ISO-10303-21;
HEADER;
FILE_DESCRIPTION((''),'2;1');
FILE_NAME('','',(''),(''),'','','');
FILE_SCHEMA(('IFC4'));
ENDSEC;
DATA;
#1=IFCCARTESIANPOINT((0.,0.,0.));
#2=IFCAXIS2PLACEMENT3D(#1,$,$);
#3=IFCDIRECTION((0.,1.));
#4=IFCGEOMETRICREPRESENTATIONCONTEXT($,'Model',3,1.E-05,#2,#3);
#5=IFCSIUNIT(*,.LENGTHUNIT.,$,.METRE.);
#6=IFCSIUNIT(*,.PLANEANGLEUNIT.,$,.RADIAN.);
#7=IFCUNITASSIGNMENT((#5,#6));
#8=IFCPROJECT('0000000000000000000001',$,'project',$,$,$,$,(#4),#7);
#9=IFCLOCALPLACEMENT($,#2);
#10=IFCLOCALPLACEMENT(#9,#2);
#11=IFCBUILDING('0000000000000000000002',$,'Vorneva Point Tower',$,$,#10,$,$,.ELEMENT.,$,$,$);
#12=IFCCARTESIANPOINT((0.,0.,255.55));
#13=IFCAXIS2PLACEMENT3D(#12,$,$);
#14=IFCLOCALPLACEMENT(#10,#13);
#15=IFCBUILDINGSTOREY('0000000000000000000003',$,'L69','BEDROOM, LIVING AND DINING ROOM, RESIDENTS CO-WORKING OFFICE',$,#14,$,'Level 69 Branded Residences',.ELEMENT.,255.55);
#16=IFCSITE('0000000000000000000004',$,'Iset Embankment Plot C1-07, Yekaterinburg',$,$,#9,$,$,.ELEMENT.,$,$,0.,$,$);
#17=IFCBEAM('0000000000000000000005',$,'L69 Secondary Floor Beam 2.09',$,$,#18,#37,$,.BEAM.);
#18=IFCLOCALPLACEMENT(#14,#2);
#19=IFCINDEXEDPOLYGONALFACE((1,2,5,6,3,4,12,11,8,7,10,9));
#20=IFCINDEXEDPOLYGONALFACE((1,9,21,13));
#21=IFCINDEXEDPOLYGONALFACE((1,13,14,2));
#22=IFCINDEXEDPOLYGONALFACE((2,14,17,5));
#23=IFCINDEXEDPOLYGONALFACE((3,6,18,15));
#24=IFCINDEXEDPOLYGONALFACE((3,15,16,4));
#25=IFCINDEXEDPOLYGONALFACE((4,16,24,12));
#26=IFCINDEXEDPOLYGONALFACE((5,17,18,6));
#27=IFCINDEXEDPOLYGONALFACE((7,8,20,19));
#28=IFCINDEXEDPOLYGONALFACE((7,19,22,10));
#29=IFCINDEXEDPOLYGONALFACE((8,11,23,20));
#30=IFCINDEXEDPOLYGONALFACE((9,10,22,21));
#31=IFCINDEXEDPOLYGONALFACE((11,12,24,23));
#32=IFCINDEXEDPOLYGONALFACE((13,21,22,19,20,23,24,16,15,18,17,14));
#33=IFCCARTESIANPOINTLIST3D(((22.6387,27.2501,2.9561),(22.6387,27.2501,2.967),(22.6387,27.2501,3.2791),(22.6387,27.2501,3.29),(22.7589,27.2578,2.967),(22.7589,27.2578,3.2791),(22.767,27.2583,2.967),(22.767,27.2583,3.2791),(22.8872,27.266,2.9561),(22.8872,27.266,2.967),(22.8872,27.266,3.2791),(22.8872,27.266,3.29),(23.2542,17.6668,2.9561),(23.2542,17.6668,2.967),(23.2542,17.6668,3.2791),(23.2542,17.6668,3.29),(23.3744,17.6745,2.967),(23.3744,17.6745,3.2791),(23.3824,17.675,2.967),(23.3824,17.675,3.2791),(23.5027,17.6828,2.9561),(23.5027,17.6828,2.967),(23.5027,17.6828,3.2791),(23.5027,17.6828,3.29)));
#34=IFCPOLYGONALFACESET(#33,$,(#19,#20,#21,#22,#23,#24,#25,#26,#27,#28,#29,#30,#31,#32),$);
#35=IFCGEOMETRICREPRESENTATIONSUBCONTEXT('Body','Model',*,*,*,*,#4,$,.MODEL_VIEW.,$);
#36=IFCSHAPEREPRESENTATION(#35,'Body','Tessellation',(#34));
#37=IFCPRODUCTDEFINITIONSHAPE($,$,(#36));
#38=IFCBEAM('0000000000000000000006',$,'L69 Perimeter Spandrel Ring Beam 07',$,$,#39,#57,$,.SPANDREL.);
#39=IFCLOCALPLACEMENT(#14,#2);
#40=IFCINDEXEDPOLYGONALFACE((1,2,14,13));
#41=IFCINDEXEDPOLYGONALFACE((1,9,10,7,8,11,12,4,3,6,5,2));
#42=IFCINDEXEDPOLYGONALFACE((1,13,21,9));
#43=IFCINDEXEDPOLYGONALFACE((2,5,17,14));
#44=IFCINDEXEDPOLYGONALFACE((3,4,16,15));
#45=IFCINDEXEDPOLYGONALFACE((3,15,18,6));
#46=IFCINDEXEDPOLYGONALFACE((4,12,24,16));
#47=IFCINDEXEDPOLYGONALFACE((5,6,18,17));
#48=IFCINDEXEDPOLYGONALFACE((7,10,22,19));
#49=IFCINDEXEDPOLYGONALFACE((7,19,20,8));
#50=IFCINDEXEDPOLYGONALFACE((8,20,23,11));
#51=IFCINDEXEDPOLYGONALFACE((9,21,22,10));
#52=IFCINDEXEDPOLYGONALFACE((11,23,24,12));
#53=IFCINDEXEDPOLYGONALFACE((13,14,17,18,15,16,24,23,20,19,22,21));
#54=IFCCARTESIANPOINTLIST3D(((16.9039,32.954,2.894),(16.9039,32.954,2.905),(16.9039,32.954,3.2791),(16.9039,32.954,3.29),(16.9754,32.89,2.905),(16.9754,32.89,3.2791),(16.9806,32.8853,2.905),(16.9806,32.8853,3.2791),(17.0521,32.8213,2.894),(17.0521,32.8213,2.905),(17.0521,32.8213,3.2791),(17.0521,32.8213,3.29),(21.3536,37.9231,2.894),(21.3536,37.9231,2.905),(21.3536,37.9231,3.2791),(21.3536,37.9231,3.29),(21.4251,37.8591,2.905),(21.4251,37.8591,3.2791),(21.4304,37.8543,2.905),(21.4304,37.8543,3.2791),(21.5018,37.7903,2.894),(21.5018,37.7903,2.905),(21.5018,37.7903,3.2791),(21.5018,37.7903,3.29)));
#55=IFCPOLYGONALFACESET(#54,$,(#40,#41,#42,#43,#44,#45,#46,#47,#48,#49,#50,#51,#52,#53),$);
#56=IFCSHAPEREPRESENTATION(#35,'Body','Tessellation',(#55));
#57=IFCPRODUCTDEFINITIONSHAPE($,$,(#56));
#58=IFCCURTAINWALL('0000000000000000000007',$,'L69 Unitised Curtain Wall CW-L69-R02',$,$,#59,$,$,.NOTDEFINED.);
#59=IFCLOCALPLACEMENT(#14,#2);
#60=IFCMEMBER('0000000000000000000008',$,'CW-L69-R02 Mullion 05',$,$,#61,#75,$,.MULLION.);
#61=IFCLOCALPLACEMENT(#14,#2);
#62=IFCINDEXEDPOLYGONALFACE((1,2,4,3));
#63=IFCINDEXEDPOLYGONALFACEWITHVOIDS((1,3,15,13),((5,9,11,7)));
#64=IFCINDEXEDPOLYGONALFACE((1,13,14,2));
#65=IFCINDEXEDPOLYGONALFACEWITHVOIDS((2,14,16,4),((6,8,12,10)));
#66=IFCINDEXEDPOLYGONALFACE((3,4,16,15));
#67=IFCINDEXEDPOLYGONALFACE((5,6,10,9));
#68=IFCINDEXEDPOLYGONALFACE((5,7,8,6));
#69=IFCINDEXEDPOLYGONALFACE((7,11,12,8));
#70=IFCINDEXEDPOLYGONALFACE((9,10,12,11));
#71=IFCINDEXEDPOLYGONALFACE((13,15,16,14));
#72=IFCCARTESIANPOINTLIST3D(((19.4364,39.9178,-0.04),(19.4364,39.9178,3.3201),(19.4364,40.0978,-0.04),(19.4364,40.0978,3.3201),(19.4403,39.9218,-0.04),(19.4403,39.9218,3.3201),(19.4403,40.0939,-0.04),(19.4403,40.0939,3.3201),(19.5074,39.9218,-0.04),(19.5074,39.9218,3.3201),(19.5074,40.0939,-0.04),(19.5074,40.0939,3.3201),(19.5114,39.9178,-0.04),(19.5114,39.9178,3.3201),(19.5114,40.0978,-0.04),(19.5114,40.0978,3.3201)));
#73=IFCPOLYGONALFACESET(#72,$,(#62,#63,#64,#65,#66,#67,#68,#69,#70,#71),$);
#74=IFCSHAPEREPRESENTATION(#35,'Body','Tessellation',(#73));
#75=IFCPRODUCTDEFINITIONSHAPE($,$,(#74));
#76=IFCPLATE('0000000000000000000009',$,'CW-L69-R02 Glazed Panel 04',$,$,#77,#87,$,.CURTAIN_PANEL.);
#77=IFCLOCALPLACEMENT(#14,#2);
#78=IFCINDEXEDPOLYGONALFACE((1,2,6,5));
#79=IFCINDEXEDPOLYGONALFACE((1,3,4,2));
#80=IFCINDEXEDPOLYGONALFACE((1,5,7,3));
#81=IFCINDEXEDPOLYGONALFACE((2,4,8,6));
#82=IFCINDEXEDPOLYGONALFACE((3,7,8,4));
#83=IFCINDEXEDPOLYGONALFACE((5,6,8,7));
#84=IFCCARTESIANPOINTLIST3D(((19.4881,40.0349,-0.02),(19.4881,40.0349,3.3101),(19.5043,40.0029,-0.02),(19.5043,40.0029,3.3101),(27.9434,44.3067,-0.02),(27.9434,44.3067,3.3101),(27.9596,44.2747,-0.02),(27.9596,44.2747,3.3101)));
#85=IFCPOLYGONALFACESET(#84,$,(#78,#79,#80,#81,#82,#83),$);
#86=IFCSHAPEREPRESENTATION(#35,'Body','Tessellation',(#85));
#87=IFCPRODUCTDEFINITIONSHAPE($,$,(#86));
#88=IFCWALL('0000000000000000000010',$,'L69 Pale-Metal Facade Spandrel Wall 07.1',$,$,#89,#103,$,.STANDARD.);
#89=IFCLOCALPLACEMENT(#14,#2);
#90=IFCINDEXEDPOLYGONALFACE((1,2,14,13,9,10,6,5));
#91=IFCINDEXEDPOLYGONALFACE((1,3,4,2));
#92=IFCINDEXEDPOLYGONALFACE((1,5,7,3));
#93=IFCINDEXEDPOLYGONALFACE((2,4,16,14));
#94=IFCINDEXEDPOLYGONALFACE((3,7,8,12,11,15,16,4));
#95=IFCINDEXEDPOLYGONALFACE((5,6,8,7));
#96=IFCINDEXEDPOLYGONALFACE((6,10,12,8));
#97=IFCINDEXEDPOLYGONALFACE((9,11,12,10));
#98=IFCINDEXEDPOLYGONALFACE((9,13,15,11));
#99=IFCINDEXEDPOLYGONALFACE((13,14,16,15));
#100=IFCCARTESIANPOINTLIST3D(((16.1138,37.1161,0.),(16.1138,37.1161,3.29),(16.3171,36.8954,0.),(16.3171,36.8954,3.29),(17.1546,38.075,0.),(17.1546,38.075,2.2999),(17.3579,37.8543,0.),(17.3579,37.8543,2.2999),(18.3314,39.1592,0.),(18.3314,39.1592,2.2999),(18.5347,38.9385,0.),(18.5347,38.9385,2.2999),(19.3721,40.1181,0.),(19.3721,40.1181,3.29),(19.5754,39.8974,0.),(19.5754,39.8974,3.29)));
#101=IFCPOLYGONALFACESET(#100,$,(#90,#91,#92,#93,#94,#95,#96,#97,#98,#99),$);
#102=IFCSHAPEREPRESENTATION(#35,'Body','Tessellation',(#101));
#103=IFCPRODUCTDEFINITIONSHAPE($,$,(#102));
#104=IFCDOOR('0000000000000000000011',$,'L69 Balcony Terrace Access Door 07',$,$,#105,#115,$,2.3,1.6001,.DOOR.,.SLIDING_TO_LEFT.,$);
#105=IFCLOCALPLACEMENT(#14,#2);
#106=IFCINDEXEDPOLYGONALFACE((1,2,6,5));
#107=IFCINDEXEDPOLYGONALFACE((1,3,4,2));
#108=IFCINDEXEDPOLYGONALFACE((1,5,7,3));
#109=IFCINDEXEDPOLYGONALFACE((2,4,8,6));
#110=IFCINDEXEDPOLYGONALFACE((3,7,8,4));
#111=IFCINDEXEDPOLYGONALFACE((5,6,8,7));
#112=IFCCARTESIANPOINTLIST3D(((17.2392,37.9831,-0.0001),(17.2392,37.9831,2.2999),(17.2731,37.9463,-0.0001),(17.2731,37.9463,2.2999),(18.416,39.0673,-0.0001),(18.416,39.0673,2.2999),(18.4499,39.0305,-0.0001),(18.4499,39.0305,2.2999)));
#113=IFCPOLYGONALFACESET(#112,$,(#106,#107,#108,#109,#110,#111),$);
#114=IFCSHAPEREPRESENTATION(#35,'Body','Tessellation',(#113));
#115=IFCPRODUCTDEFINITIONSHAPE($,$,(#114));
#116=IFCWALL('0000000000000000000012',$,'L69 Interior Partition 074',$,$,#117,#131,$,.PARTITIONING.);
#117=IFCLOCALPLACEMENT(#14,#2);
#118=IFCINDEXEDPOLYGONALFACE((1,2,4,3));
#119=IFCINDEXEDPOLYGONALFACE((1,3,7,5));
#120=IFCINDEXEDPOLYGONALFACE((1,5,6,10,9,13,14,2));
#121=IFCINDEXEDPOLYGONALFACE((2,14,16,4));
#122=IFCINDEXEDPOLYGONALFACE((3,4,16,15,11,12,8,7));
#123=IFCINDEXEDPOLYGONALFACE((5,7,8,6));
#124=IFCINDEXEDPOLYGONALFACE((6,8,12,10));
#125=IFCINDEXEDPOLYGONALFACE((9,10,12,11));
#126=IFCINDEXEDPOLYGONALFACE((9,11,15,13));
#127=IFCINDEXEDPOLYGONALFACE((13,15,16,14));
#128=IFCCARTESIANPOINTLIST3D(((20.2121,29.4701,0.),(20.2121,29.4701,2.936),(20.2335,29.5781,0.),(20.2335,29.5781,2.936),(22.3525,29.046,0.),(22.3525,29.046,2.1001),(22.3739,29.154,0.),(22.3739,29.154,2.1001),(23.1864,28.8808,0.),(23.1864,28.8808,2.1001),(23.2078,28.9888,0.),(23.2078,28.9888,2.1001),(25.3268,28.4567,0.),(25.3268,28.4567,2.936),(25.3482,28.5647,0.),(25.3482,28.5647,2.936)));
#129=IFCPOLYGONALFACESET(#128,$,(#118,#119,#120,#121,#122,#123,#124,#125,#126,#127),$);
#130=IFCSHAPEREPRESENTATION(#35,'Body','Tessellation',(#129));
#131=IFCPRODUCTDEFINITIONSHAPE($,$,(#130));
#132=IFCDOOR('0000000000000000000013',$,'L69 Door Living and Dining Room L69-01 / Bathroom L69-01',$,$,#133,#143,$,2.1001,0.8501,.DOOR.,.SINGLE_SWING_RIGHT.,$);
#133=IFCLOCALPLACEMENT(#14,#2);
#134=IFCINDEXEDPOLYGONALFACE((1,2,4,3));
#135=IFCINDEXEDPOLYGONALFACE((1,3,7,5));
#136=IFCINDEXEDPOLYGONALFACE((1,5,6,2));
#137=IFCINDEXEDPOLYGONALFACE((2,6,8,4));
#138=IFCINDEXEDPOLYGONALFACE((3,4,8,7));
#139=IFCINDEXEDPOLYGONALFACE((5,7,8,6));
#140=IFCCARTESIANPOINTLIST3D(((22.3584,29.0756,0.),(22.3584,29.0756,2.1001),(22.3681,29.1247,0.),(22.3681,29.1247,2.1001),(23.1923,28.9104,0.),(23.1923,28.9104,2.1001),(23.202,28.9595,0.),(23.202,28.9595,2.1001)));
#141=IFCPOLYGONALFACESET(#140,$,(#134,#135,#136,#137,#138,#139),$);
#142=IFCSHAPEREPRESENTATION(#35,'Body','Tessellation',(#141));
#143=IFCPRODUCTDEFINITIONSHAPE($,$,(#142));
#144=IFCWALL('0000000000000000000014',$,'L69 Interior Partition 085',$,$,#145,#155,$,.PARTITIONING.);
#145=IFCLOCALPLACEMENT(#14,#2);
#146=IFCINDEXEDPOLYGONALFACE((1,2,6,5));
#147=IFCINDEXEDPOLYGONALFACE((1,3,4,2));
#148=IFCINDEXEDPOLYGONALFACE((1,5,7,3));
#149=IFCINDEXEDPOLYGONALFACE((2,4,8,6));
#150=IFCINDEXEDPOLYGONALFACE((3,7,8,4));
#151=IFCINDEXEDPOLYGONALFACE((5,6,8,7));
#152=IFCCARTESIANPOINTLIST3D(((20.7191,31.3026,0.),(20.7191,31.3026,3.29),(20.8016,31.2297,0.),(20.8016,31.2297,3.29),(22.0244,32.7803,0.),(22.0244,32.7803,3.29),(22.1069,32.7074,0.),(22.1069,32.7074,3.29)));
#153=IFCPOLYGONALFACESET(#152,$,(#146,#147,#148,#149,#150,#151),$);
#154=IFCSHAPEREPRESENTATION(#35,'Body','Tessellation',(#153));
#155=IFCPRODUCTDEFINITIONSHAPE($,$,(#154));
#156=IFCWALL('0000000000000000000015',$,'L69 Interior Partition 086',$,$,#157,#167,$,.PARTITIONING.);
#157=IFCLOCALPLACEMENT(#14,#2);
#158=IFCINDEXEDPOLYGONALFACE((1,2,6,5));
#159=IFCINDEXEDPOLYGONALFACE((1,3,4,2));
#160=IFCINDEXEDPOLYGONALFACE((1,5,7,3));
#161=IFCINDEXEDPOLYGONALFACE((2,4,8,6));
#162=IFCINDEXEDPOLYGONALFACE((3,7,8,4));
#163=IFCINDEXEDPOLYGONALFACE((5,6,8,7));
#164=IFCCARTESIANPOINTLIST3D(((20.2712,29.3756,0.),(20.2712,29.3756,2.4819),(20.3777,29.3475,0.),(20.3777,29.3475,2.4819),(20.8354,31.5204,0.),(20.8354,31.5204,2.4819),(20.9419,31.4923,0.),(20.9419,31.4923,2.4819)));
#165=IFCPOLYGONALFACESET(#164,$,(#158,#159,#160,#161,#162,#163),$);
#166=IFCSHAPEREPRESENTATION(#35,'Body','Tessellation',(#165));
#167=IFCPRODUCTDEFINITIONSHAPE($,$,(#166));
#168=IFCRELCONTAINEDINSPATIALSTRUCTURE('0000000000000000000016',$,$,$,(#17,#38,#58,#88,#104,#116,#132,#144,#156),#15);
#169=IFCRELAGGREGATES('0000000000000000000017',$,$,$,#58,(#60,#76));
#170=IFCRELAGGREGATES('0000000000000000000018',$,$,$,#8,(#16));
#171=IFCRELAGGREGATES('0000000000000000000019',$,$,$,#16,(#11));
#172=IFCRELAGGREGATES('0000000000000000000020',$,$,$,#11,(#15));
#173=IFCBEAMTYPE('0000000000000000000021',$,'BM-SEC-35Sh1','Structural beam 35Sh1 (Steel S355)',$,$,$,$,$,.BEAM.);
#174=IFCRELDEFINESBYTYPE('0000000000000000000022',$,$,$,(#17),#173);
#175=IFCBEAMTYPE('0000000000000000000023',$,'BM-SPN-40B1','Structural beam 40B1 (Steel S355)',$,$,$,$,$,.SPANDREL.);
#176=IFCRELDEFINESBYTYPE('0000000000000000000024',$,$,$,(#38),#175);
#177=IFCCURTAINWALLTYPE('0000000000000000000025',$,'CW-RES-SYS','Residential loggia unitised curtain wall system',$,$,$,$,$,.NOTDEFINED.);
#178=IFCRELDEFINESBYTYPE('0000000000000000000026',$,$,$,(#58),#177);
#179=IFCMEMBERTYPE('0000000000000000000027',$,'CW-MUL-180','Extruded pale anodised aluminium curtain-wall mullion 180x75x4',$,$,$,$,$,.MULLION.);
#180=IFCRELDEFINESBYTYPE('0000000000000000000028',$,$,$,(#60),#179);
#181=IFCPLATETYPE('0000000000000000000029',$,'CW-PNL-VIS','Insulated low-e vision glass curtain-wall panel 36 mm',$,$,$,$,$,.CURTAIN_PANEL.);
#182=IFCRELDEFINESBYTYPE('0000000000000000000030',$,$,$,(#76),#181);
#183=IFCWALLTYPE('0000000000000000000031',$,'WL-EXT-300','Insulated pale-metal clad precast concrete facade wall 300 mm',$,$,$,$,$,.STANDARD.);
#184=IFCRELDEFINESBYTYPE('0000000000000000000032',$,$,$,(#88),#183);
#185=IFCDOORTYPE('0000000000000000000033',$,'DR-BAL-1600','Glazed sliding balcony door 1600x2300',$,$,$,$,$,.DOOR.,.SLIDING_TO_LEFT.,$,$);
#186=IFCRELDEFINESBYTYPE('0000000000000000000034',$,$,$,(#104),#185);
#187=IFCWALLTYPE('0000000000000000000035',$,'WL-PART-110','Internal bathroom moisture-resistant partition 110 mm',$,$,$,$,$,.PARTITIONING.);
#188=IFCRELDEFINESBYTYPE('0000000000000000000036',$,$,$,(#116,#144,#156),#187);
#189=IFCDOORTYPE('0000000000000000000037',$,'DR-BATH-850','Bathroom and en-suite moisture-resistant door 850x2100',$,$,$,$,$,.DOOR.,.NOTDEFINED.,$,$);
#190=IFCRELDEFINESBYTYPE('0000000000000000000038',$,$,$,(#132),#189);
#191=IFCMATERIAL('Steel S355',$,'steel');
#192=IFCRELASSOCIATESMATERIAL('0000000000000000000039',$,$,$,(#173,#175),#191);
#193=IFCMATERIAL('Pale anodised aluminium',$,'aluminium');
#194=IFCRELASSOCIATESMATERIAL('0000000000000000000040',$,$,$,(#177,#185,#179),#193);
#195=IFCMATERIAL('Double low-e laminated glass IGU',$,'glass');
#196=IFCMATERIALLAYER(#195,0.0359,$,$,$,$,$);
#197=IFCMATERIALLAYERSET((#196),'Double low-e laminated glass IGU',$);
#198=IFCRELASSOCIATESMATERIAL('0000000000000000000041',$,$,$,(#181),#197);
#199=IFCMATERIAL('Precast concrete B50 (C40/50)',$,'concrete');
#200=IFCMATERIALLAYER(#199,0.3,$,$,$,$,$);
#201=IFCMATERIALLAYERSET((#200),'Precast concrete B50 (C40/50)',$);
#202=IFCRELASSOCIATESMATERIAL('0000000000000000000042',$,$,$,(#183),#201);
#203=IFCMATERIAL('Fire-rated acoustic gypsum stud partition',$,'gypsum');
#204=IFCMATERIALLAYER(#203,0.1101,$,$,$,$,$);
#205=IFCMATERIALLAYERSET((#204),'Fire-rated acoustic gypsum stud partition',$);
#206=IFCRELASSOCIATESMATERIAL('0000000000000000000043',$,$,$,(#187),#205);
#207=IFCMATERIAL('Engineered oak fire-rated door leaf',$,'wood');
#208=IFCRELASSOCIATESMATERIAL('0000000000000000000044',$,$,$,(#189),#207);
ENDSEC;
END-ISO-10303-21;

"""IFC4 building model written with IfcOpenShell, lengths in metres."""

from ifc_helpers import new_model, si_unit, direction, frame, frame_2d, origin, origin_2d, place, context, subcontext, project, spatial, rectangle, hollow_rectangle, i_section, extrude, material, layer, layer_set, material_profile, profile_set, type_object, element, fill, aggregate, save


model = new_model("IFC4")

# Units and contexts
model_context = context("Model", 3, precision=1e-05, world=origin(), true_north=direction((0.0, 1.0)))
body_context = subcontext(model_context, "Body", "Model", "MODEL_VIEW")
ifc_project = project(units=[si_unit("LENGTHUNIT", "METRE"), si_unit("PLANEANGLEUNIT", "RADIAN")], contexts=[model_context])

# Site, building, storey
site_placement = place(None, origin())
site = spatial("IfcSite", under=ifc_project, at=site_placement, Name="Iset Embankment Plot C1-07, Yekaterinburg", CompositionType="ELEMENT", RefElevation=0.0)
building_placement = place(site_placement, origin())
building = spatial("IfcBuilding", under=site, at=building_placement, Name="Vorneva Point Tower", CompositionType="ELEMENT")
storey_placement = place(building_placement, frame((0.0, 0.0, 255.55)))
storey = spatial("IfcBuildingStorey", under=building, at=storey_placement, Name="L69", Description="BEDROOM, LIVING AND DINING ROOM, RESIDENTS CO-WORKING OFFICE", LongName="Level 69 Branded Residences", CompositionType="ELEMENT", Elevation=255.55)

# Beams
ifc_material_1 = material(Name="Steel S355", Category="steel")
ifc_material_profile_1 = material_profile(ifc_material_1, i_section(OverallWidth=0.249, OverallDepth=0.334, WebThickness=0.0081, FlangeThickness=0.011, at=origin_2d()), Name="35Sh1")
ifc_profile_set_1 = profile_set([ifc_material_profile_1], Name="Steel S355")
beam_type_1 = type_object("IfcBeamType", Name="BM-SEC-35Sh1", Description="Structural beam 35Sh1 (Steel S355)", PredefinedType="BEAM", material=ifc_profile_set_1)
beam_1_placement = place(storey_placement, frame((22.7629, 27.2581, 3.123), z_axis=(0.064092, -0.997944, 0.0), x_axis=(0.997944, 0.064092, 0.0)))
element("IfcBeam", 1, at=beam_1_placement, inside=storey, type_object=beam_type_1, Name="L69 Secondary Floor Beam 2.09", PredefinedType="BEAM", context=body_context, shape_type="SweptSolid", body=[
    extrude(i_section(OverallWidth=0.249, OverallDepth=0.334, WebThickness=0.0081, FlangeThickness=0.011, at=origin_2d()), origin(), (0.0, 0.0, 1.0), 9.603),
])
ifc_material_profile_2 = material_profile(ifc_material_1, i_section(OverallWidth=0.199, OverallDepth=0.396, WebThickness=0.0071, FlangeThickness=0.011, at=origin_2d()), Name="40B1")
ifc_profile_set_2 = profile_set([ifc_material_profile_2], Name="Steel S355")
beam_type_2 = type_object("IfcBeamType", Name="BM-SPN-40B1", Description="Structural beam 40B1 (Steel S355)", PredefinedType="SPANDREL", material=ifc_profile_set_2)
beam_2_placement = place(storey_placement, frame((21.4277, 37.8567, 3.092), z_axis=(-0.667108, -0.744961, 0.0), x_axis=(0.744961, -0.667108, 0.0)))
element("IfcBeam", 2, at=beam_2_placement, inside=storey, type_object=beam_type_2, Name="L69 Perimeter Spandrel Ring Beam 07", PredefinedType="SPANDREL", context=body_context, shape_type="SweptSolid", body=[
    extrude(i_section(OverallWidth=0.199, OverallDepth=0.396, WebThickness=0.0071, FlangeThickness=0.011, at=origin_2d()), origin(), (0.0, 0.0, 1.0), 6.6702),
])

# Curtain wall, member, plate
ifc_material_2 = material(Name="Pale anodised aluminium", Category="aluminium")
curtain_wall_type = type_object("IfcCurtainWallType", Name="CW-RES-SYS", Description="Residential loggia unitised curtain wall system", PredefinedType="NOTDEFINED", material=ifc_material_2)
curtain_wall_placement = place(storey_placement, origin())
curtain_wall = element("IfcCurtainWall", 3, at=curtain_wall_placement, inside=storey, type_object=curtain_wall_type, Name="L69 Unitised Curtain Wall CW-L69-R02", PredefinedType="NOTDEFINED")
ifc_material_profile_3 = material_profile(ifc_material_2, hollow_rectangle(XDim=0.075, YDim=0.1799, WallThickness=0.0039, at=origin_2d()), Name="AL-MUL 180x75x4")
ifc_profile_set_3 = profile_set([ifc_material_profile_3], Name="Pale anodised aluminium")
member_type = type_object("IfcMemberType", Name="CW-MUL-180", Description="Extruded pale anodised aluminium curtain-wall mullion 180x75x4", PredefinedType="MULLION", material=ifc_profile_set_3)
member_placement = place(storey_placement, frame((19.4739, 40.0078, -0.04), z_axis=(0.0, 0.0, 1.0), x_axis=(1.0, 0.0, 0.0)))
member = element("IfcMember", 4, at=member_placement, type_object=member_type, Name="CW-L69-R02 Mullion 05", PredefinedType="MULLION", context=body_context, shape_type="SweptSolid", body=[
    extrude(hollow_rectangle(XDim=0.075, YDim=0.1799, WallThickness=0.0039, at=origin_2d()), origin(), (0.0, 0.0, 1.0), 3.3601),
])
ifc_material_3 = material(Name="Double low-e laminated glass IGU", Category="glass")
ifc_layer_1 = layer(ifc_material_3, 0.0359)
ifc_layer_set_1 = layer_set([ifc_layer_1], Name="Double low-e laminated glass IGU")
plate_type = type_object("IfcPlateType", Name="CW-PNL-VIS", Description="Insulated low-e vision glass curtain-wall panel 36 mm", PredefinedType="CURTAIN_PANEL", material=ifc_layer_set_1)
plate_placement = place(storey_placement, frame((23.7239, 42.1548, -0.02), z_axis=(0.0, 0.0, 1.0), x_axis=(-0.892554, -0.45094, 0.0)))
plate = element("IfcPlate", 5, at=plate_placement, type_object=plate_type, Name="CW-L69-R02 Glazed Panel 04", PredefinedType="CURTAIN_PANEL", context=body_context, shape_type="SweptSolid", body=[
    extrude(rectangle(XDim=9.4731, YDim=0.0359, at=origin_2d()), origin(), (0.0, 0.0, 1.0), 3.3301),
])
aggregate(curtain_wall, [member, plate])

# Walls, openings, doors
ifc_material_4 = material(Name="Precast concrete B50 (C40/50)", Category="concrete")
ifc_layer_2 = layer(ifc_material_4, 0.3)
ifc_layer_set_2 = layer_set([ifc_layer_2], Name="Precast concrete B50 (C40/50)")
wall_type_1 = type_object("IfcWallType", Name="WL-EXT-300", Description="Insulated pale-metal clad precast concrete facade wall 300 mm", PredefinedType="STANDARD", material=ifc_layer_set_2)
wall_1_placement = place(storey_placement, frame((19.4739, 40.0078, 0.0), z_axis=(0.0, 0.0, 1.0), x_axis=(-0.735445, -0.677584, 0.0)))
wall_1 = element("IfcWall", 6, at=wall_1_placement, inside=storey, type_object=wall_type_1, Name="L69 Pale-Metal Facade Spandrel Wall 07.1", PredefinedType="STANDARD", context=body_context, shape_type="SweptSolid", body=[
    extrude(rectangle(XDim=4.4304, YDim=0.3, at=frame_2d((2.2153, 0.0))), origin(), (0.0, 0.0, 1.0), 3.29),
])
opening_1_placement = place(wall_1_placement, frame((1.4153, 0.0, 0.0)))
opening_1 = element("IfcOpeningElement", 7, at=opening_1_placement, cuts=wall_1, PredefinedType="OPENING", context=body_context, shape_type="SweptSolid", body=[
    extrude(rectangle(XDim=1.6001, YDim=2.3, at=frame_2d((0.8, 1.1499))), frame((0.0, 0.165, 0.0), z_axis=(0.0, -1.0, 0.0), x_axis=(1.0, 0.0, 0.0)), (0.0, 0.0, 1.0), 0.3298),
])
door_type_1 = type_object("IfcDoorType", Name="DR-BAL-1600", Description="Glazed sliding balcony door 1600x2300", OperationType="SLIDING_TO_LEFT", PredefinedType="DOOR", material=ifc_material_2)
door_1_placement = place(opening_1_placement, origin())
door_1 = element("IfcDoor", 8, at=door_1_placement, inside=storey, type_object=door_type_1, Name="L69 Balcony Terrace Access Door 07", OperationType="SLIDING_TO_LEFT", OverallHeight=2.3, OverallWidth=1.6001, PredefinedType="DOOR", context=body_context, shape_type="SweptSolid", body=[
    extrude(rectangle(XDim=1.6001, YDim=2.3, at=frame_2d((0.8, 1.1499))), frame((0.0, 0.0249, 0.0), z_axis=(0.0, -1.0, 0.0), x_axis=(1.0, 0.0, 0.0)), (0.0, 0.0, 1.0), 0.05),
])
fill(opening_1, door_1)
ifc_material_5 = material(Name="Fire-rated acoustic gypsum stud partition", Category="gypsum")
ifc_layer_3 = layer(ifc_material_5, 0.1101)
ifc_layer_set_3 = layer_set([ifc_layer_3], Name="Fire-rated acoustic gypsum stud partition")
wall_type_2 = type_object("IfcWallType", Name="WL-PART-110", Description="Internal bathroom moisture-resistant partition 110 mm", PredefinedType="PARTITIONING", material=ifc_layer_set_3)
wall_2_placement = place(storey_placement, frame((25.3374, 28.5107, 0.0), z_axis=(0.0, 0.0, 1.0), x_axis=(-0.98093, 0.19436, 0.0)))
wall_2 = element("IfcWall", 9, at=wall_2_placement, inside=storey, type_object=wall_type_2, Name="L69 Interior Partition 074", PredefinedType="PARTITIONING", context=body_context, shape_type="SweptSolid", body=[
    extrude(rectangle(XDim=5.2141, YDim=0.1101, at=frame_2d((2.6069, 0.0))), origin(), (0.0, 0.0, 1.0), 2.936),
])
opening_2_placement = place(wall_2_placement, frame((2.1819, 0.0, 0.0)))
opening_2 = element("IfcOpeningElement", 10, at=opening_2_placement, cuts=wall_2, PredefinedType="OPENING", context=body_context, shape_type="SweptSolid", body=[
    extrude(rectangle(XDim=0.8501, YDim=2.1001, at=frame_2d((0.425, 1.05))), frame((0.0, 0.0698, 0.0), z_axis=(0.0, -1.0, 0.0), x_axis=(1.0, 0.0, 0.0)), (0.0, 0.0, 1.0), 0.1399),
])
ifc_material_6 = material(Name="Engineered oak fire-rated door leaf", Category="wood")
door_type_2 = type_object("IfcDoorType", Name="DR-BATH-850", Description="Bathroom and en-suite moisture-resistant door 850x2100", OperationType="NOTDEFINED", PredefinedType="DOOR", material=ifc_material_6)
door_2_placement = place(opening_2_placement, origin())
door_2 = element("IfcDoor", 11, at=door_2_placement, inside=storey, type_object=door_type_2, Name="L69 Door Living and Dining Room L69-01 / Bathroom L69-01", OperationType="SINGLE_SWING_RIGHT", OverallHeight=2.1001, OverallWidth=0.8501, PredefinedType="DOOR", context=body_context, shape_type="SweptSolid", body=[
    extrude(rectangle(XDim=0.8501, YDim=2.1001, at=frame_2d((0.425, 1.05))), frame((0.0, 0.0249, 0.0), z_axis=(0.0, -1.0, 0.0), x_axis=(1.0, 0.0, 0.0)), (0.0, 0.0, 1.0), 0.05),
])
fill(opening_2, door_2)

# Walls
wall_3_placement = place(storey_placement, frame((22.0657, 32.7439, 0.0), z_axis=(0.0, 0.0, 1.0), x_axis=(-0.662047, -0.749462, 0.0)))
element("IfcWall", 12, at=wall_3_placement, inside=storey, type_object=wall_type_2, Name="L69 Interior Partition 085", PredefinedType="PARTITIONING", context=body_context, shape_type="SweptSolid", body=[
    extrude(rectangle(XDim=1.9717, YDim=0.1101, at=frame_2d((0.9858, 0.0))), origin(), (0.0, 0.0, 1.0), 3.29),
])
wall_4_placement = place(storey_placement, frame((20.8887, 31.5063, 0.0), z_axis=(0.0, 0.0, 1.0), x_axis=(-0.254407, -0.967097, 0.0)))
element("IfcWall", 13, at=wall_4_placement, inside=storey, type_object=wall_type_2, Name="L69 Interior Partition 086", PredefinedType="PARTITIONING", context=body_context, shape_type="SweptSolid", body=[
    extrude(rectangle(XDim=2.2178, YDim=0.1101, at=frame_2d((1.1089, 0.0))), origin(), (0.0, 0.0, 1.0), 2.4819),
])

save(model, "model.ifc")
